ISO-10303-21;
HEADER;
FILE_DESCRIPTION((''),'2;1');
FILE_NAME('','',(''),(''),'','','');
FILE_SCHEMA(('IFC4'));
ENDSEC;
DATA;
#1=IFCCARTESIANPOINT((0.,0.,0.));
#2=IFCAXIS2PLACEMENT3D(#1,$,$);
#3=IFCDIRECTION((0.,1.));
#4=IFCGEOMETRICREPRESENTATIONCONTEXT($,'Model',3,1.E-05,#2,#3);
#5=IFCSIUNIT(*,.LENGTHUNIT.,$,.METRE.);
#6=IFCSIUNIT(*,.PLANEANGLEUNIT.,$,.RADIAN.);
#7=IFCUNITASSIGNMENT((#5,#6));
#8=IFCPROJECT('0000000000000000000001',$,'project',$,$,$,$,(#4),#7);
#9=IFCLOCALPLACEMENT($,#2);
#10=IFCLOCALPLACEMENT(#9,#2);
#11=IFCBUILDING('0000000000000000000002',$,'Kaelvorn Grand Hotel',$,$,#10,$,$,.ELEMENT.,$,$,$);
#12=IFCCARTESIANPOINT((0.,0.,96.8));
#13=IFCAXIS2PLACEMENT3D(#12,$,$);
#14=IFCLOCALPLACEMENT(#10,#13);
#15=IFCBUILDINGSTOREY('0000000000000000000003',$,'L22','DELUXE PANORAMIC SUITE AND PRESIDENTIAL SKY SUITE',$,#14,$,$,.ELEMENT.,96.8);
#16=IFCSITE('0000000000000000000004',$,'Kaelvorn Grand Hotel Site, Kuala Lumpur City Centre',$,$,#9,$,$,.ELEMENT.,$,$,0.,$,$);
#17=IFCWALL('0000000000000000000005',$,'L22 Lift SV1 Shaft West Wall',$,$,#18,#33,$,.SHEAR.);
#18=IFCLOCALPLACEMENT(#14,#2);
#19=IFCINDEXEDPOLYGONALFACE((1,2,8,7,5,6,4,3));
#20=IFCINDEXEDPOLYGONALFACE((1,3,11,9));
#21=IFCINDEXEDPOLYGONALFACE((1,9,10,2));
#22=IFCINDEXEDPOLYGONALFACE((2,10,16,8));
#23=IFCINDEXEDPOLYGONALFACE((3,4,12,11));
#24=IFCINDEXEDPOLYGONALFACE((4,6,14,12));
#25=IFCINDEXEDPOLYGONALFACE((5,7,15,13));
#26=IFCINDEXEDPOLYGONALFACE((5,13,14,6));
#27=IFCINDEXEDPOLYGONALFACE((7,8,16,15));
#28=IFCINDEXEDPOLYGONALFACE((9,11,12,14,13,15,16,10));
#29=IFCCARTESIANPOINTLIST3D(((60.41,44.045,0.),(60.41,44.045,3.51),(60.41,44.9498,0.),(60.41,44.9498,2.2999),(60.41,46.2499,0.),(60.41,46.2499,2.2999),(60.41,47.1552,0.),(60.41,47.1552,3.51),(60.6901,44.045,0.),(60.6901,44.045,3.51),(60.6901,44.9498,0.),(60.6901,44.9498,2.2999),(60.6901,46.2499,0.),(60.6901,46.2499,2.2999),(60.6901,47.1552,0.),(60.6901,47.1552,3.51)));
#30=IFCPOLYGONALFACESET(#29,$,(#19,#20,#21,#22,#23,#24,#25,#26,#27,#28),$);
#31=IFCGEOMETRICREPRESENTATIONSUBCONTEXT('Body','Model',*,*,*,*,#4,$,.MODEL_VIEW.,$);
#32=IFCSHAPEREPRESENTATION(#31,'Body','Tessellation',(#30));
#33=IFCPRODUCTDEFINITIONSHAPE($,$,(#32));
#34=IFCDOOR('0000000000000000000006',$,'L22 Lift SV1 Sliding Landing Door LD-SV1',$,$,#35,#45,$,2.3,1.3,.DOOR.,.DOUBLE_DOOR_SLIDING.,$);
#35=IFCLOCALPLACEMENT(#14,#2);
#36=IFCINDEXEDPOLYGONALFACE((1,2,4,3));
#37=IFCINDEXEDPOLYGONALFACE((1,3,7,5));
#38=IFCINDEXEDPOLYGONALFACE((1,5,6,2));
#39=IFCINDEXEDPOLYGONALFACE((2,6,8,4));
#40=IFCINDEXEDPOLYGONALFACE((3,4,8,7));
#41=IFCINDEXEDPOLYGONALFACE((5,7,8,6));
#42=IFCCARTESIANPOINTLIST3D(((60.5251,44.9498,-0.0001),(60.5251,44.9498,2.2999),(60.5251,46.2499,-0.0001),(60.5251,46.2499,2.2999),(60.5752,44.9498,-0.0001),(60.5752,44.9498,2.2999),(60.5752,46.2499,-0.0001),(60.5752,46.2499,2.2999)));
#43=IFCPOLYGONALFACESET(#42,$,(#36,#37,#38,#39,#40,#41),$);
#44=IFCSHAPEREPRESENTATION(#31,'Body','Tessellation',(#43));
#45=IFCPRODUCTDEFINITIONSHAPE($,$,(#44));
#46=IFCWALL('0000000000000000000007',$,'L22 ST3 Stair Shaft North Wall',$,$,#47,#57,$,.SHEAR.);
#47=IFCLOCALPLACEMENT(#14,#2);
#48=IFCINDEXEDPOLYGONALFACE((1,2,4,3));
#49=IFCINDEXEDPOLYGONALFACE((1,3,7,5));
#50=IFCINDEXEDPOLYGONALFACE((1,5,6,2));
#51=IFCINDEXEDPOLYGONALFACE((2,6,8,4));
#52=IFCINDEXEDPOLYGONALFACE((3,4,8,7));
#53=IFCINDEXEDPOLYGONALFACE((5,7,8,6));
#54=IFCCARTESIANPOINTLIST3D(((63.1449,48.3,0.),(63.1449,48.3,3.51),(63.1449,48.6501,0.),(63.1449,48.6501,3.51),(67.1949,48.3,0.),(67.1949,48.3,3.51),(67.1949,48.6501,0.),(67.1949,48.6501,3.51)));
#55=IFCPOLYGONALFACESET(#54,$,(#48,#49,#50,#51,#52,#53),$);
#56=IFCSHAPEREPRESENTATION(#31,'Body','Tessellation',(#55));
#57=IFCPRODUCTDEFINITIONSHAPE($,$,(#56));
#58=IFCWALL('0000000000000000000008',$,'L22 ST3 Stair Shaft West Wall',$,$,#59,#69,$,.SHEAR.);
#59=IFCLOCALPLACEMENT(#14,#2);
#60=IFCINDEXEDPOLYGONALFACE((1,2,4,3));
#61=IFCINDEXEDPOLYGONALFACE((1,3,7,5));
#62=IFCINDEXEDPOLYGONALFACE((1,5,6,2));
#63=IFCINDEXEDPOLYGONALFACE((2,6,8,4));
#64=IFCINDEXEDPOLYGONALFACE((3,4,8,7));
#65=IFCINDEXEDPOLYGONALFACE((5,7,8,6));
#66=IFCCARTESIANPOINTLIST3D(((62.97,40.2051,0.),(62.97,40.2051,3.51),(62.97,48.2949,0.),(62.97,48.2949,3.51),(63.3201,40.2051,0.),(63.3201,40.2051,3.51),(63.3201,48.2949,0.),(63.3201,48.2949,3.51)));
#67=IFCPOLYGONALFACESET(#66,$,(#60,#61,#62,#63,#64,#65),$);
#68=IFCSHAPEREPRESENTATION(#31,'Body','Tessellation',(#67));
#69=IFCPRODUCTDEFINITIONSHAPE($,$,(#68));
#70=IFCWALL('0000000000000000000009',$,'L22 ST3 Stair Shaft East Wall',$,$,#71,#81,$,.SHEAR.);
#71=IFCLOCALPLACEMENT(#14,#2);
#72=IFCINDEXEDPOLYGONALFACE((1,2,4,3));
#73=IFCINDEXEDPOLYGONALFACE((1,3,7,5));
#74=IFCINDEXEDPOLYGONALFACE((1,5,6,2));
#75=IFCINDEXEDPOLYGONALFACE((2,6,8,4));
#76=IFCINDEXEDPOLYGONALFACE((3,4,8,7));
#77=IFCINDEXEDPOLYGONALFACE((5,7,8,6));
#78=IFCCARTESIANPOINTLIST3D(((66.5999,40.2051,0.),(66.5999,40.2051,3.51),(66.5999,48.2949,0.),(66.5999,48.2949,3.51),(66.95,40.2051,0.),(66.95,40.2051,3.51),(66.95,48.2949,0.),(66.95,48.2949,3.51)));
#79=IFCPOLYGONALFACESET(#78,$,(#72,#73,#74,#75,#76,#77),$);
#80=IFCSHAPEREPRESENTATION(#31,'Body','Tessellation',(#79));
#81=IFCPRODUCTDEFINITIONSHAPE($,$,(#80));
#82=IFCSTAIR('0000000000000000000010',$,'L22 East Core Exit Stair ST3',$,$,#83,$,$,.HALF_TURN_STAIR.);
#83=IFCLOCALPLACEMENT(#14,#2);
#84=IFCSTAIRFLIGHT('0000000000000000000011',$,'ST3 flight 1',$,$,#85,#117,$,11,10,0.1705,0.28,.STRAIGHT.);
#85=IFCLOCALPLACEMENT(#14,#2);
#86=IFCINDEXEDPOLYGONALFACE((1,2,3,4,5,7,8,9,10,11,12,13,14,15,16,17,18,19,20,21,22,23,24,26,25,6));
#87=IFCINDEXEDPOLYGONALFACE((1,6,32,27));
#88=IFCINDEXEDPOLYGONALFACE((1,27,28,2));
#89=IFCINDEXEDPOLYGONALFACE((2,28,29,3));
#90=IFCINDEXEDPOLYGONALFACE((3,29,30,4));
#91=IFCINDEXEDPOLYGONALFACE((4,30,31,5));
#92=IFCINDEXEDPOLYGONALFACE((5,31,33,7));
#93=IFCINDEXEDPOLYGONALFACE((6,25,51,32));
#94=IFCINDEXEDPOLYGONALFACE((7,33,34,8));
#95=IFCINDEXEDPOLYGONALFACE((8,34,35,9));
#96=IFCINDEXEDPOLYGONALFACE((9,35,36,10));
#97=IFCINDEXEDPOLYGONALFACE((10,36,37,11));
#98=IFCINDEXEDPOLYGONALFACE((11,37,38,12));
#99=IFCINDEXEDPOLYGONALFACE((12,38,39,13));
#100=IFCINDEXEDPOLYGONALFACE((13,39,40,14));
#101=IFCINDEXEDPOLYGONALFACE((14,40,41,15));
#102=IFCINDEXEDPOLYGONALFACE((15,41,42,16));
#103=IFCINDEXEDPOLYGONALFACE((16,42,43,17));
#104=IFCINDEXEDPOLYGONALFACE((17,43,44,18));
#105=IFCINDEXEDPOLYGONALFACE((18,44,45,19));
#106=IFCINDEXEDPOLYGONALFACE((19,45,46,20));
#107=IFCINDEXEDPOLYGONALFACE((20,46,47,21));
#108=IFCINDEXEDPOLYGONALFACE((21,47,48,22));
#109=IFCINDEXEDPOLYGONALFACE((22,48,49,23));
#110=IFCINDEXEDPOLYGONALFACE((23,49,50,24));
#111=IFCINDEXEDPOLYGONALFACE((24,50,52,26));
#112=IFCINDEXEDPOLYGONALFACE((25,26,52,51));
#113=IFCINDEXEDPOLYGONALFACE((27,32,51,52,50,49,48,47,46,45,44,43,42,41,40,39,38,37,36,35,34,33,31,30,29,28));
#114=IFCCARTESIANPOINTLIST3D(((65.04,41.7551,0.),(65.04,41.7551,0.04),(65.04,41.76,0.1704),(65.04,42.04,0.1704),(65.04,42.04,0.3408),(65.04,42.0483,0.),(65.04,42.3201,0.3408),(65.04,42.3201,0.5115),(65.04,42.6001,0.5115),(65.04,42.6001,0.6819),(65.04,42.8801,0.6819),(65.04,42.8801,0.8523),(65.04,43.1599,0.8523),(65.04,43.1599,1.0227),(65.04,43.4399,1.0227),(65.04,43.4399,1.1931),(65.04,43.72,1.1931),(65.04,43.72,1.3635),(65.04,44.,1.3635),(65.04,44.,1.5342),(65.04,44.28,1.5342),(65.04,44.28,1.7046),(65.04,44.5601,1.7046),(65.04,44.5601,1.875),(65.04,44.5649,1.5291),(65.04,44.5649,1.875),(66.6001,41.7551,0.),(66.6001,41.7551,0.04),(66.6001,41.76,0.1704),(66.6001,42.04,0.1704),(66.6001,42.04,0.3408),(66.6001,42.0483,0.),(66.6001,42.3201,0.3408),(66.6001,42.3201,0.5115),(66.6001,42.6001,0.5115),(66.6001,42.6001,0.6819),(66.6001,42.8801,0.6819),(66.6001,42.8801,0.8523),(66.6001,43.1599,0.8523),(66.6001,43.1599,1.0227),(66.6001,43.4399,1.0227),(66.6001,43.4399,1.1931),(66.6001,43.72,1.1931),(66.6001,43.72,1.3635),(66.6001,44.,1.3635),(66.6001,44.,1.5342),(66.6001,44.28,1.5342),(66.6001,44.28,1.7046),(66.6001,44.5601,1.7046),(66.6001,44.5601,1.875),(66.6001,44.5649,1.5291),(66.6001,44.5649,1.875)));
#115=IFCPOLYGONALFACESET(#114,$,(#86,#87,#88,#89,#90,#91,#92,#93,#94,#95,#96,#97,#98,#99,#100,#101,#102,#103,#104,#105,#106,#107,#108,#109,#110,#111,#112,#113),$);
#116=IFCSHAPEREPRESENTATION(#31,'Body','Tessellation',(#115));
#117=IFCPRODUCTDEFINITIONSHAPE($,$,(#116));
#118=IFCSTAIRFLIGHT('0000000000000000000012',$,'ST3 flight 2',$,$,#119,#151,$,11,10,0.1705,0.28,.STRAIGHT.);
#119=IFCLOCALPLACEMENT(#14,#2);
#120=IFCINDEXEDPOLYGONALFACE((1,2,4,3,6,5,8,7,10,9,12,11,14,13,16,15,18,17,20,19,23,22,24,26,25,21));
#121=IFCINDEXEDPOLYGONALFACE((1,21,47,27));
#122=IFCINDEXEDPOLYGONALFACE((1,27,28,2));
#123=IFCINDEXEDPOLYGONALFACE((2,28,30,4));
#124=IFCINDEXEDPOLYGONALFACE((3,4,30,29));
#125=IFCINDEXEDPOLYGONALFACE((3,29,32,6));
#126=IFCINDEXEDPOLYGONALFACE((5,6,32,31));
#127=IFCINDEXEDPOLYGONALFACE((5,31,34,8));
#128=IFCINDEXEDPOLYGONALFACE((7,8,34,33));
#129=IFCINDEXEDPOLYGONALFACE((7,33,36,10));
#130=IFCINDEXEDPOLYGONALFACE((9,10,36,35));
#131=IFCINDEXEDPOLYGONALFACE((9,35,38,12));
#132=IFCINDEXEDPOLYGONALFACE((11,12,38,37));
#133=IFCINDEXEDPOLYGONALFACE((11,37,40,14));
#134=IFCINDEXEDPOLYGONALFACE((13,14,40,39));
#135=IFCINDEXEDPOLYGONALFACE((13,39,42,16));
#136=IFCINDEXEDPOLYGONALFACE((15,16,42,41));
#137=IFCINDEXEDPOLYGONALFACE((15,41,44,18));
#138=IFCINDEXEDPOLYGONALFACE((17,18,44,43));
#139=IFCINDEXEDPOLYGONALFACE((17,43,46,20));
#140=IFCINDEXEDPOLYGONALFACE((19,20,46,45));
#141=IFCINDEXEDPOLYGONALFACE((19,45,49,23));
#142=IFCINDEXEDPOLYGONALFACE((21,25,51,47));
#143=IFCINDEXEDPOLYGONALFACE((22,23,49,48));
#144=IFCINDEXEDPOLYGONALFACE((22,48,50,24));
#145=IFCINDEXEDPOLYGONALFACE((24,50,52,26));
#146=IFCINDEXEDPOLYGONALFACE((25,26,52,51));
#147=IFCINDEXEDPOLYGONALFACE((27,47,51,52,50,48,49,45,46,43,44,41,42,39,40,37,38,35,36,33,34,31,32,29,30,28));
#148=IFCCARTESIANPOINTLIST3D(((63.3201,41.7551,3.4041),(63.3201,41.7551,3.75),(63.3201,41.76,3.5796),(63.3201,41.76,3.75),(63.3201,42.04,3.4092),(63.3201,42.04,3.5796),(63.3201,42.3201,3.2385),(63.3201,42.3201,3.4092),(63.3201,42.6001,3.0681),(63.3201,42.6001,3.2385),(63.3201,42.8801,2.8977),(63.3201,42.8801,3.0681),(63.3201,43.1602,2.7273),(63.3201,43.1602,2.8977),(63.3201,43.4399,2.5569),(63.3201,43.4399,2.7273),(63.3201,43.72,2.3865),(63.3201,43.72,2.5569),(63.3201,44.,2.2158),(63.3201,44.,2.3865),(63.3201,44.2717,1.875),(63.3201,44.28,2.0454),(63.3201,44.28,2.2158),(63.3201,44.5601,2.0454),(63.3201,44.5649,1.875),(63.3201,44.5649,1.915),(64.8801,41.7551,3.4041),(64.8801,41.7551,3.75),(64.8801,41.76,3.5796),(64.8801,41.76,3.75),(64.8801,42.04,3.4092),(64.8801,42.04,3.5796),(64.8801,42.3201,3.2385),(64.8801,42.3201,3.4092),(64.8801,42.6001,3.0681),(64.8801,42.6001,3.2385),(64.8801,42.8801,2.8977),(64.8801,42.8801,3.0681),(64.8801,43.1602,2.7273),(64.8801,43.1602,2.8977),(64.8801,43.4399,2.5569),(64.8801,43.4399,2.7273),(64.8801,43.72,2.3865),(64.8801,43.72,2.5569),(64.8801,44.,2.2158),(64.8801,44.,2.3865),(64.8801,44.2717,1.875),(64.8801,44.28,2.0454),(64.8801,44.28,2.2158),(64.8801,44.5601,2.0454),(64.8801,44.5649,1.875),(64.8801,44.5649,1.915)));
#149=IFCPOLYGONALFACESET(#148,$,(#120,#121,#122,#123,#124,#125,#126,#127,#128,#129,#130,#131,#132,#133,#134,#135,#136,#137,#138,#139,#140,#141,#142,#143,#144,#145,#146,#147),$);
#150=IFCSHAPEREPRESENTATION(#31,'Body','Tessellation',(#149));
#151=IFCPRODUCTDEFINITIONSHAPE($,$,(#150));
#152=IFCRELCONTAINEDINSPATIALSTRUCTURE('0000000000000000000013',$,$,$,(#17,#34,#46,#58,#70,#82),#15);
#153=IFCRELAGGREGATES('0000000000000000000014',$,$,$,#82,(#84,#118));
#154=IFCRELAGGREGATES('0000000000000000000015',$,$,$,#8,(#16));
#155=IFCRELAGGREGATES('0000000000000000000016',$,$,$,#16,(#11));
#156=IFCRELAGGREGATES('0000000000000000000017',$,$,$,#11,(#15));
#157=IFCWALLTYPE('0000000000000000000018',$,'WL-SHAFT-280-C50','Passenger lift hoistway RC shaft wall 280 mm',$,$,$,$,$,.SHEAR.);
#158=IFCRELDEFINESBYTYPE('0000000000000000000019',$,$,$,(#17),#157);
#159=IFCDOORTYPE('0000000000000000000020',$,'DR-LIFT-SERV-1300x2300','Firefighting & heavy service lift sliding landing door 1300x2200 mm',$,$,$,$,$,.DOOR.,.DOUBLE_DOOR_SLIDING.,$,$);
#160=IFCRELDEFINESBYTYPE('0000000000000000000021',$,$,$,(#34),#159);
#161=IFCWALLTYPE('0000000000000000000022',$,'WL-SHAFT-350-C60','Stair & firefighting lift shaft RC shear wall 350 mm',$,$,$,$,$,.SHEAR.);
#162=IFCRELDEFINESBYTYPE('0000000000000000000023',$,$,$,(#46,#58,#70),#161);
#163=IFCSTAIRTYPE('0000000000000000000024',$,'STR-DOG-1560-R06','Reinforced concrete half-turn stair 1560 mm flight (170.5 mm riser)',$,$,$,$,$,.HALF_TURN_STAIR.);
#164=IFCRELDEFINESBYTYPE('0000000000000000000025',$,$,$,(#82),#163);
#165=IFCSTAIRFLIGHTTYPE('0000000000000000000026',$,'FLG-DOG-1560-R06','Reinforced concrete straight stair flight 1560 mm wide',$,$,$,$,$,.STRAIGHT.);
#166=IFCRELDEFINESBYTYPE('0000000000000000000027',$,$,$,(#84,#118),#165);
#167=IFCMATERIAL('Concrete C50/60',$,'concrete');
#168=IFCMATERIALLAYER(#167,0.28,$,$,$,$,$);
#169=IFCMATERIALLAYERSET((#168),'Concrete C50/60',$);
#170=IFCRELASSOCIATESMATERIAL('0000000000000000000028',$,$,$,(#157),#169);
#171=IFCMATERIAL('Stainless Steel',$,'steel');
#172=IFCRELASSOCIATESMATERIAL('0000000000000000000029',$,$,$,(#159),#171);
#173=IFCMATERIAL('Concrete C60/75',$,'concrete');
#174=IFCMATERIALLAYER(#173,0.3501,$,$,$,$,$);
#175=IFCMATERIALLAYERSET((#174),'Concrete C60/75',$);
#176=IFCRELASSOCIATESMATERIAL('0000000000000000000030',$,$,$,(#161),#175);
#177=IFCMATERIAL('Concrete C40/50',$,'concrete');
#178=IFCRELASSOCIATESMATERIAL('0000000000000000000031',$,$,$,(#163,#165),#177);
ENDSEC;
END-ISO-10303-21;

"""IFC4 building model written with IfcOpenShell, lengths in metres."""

from ifc_helpers import new_model, si_unit, direction, frame, frame_2d, origin, place, context, subcontext, project, spatial, polyline, rectangle, outline, extrude, material, layer, layer_set, type_object, element, fill, aggregate, save


model = new_model("IFC4")

# Units and contexts
model_context = context("Model", 3, precision=1e-05, world=origin(), true_north=direction((0.0, 1.0)))
body_context = subcontext(model_context, "Body", "Model", "MODEL_VIEW")
ifc_project = project(units=[si_unit("LENGTHUNIT", "METRE"), si_unit("PLANEANGLEUNIT", "RADIAN")], contexts=[model_context])

# Site, building, storey
site_placement = place(None, origin())
site = spatial("IfcSite", under=ifc_project, at=site_placement, Name="Kaelvorn Grand Hotel Site, Kuala Lumpur City Centre", CompositionType="ELEMENT", RefElevation=0.0)
building_placement = place(site_placement, origin())
building = spatial("IfcBuilding", under=site, at=building_placement, Name="Kaelvorn Grand Hotel", CompositionType="ELEMENT")
storey_placement = place(building_placement, frame((0.0, 0.0, 96.8)))
storey = spatial("IfcBuildingStorey", under=building, at=storey_placement, Name="L22", Description="DELUXE PANORAMIC SUITE AND PRESIDENTIAL SKY SUITE", CompositionType="ELEMENT", Elevation=96.8)

# Shared definitions
ifc_material_1 = material(Name="Concrete C60/75", Category="concrete")

# Shared definitions
ifc_material_2 = material(Name="Concrete C40/50", Category="concrete")
ifc_material_3 = material(Name="Concrete C50/60", Category="concrete")
ifc_layer_1 = layer(ifc_material_3, 0.28)
ifc_layer_set_1 = layer_set([ifc_layer_1], Name="Concrete C50/60")
wall_type_1 = type_object("IfcWallType", Name="WL-SHAFT-280-C50", Description="Passenger lift hoistway RC shaft wall 280 mm", PredefinedType="SHEAR", material=ifc_layer_set_1)

# Wall, opening, door
wall_1_placement = place(storey_placement, frame((60.55, 44.0449, 0.0), z_axis=(0.0, 0.0, 1.0), x_axis=(0.0, 1.0, 0.0)))
wall_1 = element("IfcWall", 1, at=wall_1_placement, inside=storey, type_object=wall_type_1, Name="L22 Lift SV1 Shaft West Wall", PredefinedType="SHEAR", context=body_context, shape_type="SweptSolid", body=[
    extrude(rectangle(XDim=3.1101, YDim=0.28, at=frame_2d((1.5552, 0.0))), origin(), (0.0, 0.0, 1.0), 3.51),
])
opening_1_placement = place(wall_1_placement, frame((0.905, 0.0, 0.0)))
opening_1 = element("IfcOpeningElement", 2, at=opening_1_placement, cuts=wall_1, PredefinedType="OPENING", context=body_context, shape_type="SweptSolid", body=[
    extrude(rectangle(XDim=1.3, YDim=2.3, at=frame_2d((0.6499, 1.1499))), frame((0.0, 0.1499, 0.0), z_axis=(0.0, -1.0, 0.0), x_axis=(1.0, 0.0, 0.0)), (0.0, 0.0, 1.0), 0.3),
])
ifc_material_4 = material(Name="Stainless Steel", Category="steel")
door_type_1 = type_object("IfcDoorType", Name="DR-LIFT-SERV-1300x2300", Description="Firefighting & heavy service lift sliding landing door 1300x2200 mm", OperationType="DOUBLE_DOOR_SLIDING", PredefinedType="DOOR", material=ifc_material_4)
door_1_placement = place(opening_1_placement, origin())
door_1 = element("IfcDoor", 3, at=door_1_placement, inside=storey, type_object=door_type_1, Name="L22 Lift SV1 Sliding Landing Door LD-SV1", OperationType="DOUBLE_DOOR_SLIDING", OverallHeight=2.3, OverallWidth=1.3, PredefinedType="DOOR", context=body_context, shape_type="SweptSolid", body=[
    extrude(rectangle(XDim=1.3, YDim=2.3, at=frame_2d((0.6499, 1.1499))), frame((0.0, 0.0249, 0.0), z_axis=(0.0, -1.0, 0.0), x_axis=(1.0, 0.0, 0.0)), (0.0, 0.0, 1.0), 0.05),
])
fill(opening_1, door_1)
ifc_layer_2 = layer(ifc_material_1, 0.3501)
ifc_layer_set_2 = layer_set([ifc_layer_2], Name="Concrete C60/75")
wall_type_2 = type_object("IfcWallType", Name="WL-SHAFT-350-C60", Description="Stair & firefighting lift shaft RC shear wall 350 mm", PredefinedType="SHEAR", material=ifc_layer_set_2)

# Walls
wall_2_placement = place(storey_placement, frame((63.145, 48.4751, 0.0), z_axis=(0.0, 0.0, 1.0), x_axis=(1.0, 0.0, 0.0)))
element("IfcWall", 4, at=wall_2_placement, inside=storey, type_object=wall_type_2, Name="L22 ST3 Stair Shaft North Wall", PredefinedType="SHEAR", context=body_context, shape_type="SweptSolid", body=[
    extrude(rectangle(XDim=4.05, YDim=0.3501, at=frame_2d((2.0249, 0.0))), origin(), (0.0, 0.0, 1.0), 3.51),
])
for number, where, z_axis, x_axis, name in (
    (5, (63.145, 40.2051, 0.0), (0.0, 0.0, 1.0), (0.0, 1.0, 0.0), "L22 ST3 Stair Shaft West Wall"),
    (6, (66.7749, 40.2051, 0.0), (0.0, 0.0, 1.0), (0.0, 1.0, 0.0), "L22 ST3 Stair Shaft East Wall"),
):
    element("IfcWall", number, at=place(storey_placement, frame(where, z_axis=z_axis, x_axis=x_axis)), inside=storey, type_object=wall_type_2, Name=name, PredefinedType="SHEAR", context=body_context, shape_type="SweptSolid", body=[
        extrude(rectangle(XDim=8.0898, YDim=0.3501, at=frame_2d((4.0449, 0.0))), origin(), (0.0, 0.0, 1.0), 3.51),
    ])

# Stair, stair flights
stair_type = type_object("IfcStairType", Name="STR-DOG-1560-R06", Description="Reinforced concrete half-turn stair 1560 mm flight (170.5 mm riser)", PredefinedType="HALF_TURN_STAIR", material=ifc_material_2)
stair_placement = place(storey_placement, origin())
stair = element("IfcStair", 7, at=stair_placement, inside=storey, type_object=stair_type, Name="L22 East Core Exit Stair ST3", PredefinedType="HALF_TURN_STAIR")
stair_flight_type = type_object("IfcStairFlightType", Name="FLG-DOG-1560-R06", Description="Reinforced concrete straight stair flight 1560 mm wide", PredefinedType="STRAIGHT", material=ifc_material_2)
stair_flight_1_placement = place(storey_placement, frame((65.8201, 41.76, 0.0), z_axis=(0.0, 0.0, 1.0), x_axis=(0.0, 1.0, 0.0)))
stair_flight_1 = element("IfcStairFlight", 8, at=stair_flight_1_placement, type_object=stair_flight_type, Name="ST3 flight 1", NumberOfRisers=11, NumberOfTreads=10, PredefinedType="STRAIGHT", RiserHeight=0.1705, TreadLength=0.28, context=body_context, shape_type="SweptSolid", body=[
    extrude(outline(polyline([(-0.0049, 0.0), (-0.0049, 0.04), (0.0, 0.1704), (0.28, 0.1704), (0.28, 0.3408), (0.5601, 0.3408), (0.5601, 0.5115), (0.8401, 0.5115), (0.8401, 0.6819), (1.1201, 0.6819), (1.1201, 0.8523), (1.3999, 0.8523), (1.3999, 1.0227), (1.6799, 1.0227), (1.6799, 1.1931), (1.96, 1.1931), (1.96, 1.3635), (2.24, 1.3635), (2.24, 1.5342), (2.52, 1.5342), (2.52, 1.7046), (2.8, 1.7046), (2.8, 1.875), (2.8049, 1.875), (2.8049, 1.5291), (0.2883, 0.0), (-0.0049, 0.0)])), frame((0.0, 0.78, 0.0), z_axis=(0.0, -1.0, 0.0), x_axis=(1.0, 0.0, 0.0)), (0.0, 0.0, 1.0), 1.5601),
])
stair_flight_2_placement = place(storey_placement, frame((64.1001, 44.5601, 1.875), z_axis=(0.0, 0.0, 1.0), x_axis=(0.0, -1.0, 0.0)))
stair_flight_2 = element("IfcStairFlight", 9, at=stair_flight_2_placement, type_object=stair_flight_type, Name="ST3 flight 2", NumberOfRisers=11, NumberOfTreads=10, PredefinedType="STRAIGHT", RiserHeight=0.1705, TreadLength=0.28, context=body_context, shape_type="SweptSolid", body=[
    extrude(outline(polyline([(-0.0049, 0.0), (-0.0049, 0.04), (0.0, 0.1704), (0.28, 0.1704), (0.28, 0.3408), (0.5601, 0.3408), (0.5601, 0.5115), (0.8401, 0.5115), (0.8401, 0.6819), (1.1201, 0.6819), (1.1201, 0.8523), (1.3999, 0.8523), (1.3999, 1.0227), (1.6799, 1.0227), (1.6799, 1.1931), (1.96, 1.1931), (1.96, 1.3635), (2.24, 1.3635), (2.24, 1.5342), (2.52, 1.5342), (2.52, 1.7046), (2.8, 1.7046), (2.8, 1.875), (2.8049, 1.875), (2.8049, 1.5291), (0.2883, 0.0), (-0.0049, 0.0)])), frame((0.0, 0.78, 0.0), z_axis=(0.0, -1.0, 0.0), x_axis=(1.0, 0.0, 0.0)), (0.0, 0.0, 1.0), 1.5601),
])
aggregate(stair, [stair_flight_1, stair_flight_2])

save(model, "model.ifc")
